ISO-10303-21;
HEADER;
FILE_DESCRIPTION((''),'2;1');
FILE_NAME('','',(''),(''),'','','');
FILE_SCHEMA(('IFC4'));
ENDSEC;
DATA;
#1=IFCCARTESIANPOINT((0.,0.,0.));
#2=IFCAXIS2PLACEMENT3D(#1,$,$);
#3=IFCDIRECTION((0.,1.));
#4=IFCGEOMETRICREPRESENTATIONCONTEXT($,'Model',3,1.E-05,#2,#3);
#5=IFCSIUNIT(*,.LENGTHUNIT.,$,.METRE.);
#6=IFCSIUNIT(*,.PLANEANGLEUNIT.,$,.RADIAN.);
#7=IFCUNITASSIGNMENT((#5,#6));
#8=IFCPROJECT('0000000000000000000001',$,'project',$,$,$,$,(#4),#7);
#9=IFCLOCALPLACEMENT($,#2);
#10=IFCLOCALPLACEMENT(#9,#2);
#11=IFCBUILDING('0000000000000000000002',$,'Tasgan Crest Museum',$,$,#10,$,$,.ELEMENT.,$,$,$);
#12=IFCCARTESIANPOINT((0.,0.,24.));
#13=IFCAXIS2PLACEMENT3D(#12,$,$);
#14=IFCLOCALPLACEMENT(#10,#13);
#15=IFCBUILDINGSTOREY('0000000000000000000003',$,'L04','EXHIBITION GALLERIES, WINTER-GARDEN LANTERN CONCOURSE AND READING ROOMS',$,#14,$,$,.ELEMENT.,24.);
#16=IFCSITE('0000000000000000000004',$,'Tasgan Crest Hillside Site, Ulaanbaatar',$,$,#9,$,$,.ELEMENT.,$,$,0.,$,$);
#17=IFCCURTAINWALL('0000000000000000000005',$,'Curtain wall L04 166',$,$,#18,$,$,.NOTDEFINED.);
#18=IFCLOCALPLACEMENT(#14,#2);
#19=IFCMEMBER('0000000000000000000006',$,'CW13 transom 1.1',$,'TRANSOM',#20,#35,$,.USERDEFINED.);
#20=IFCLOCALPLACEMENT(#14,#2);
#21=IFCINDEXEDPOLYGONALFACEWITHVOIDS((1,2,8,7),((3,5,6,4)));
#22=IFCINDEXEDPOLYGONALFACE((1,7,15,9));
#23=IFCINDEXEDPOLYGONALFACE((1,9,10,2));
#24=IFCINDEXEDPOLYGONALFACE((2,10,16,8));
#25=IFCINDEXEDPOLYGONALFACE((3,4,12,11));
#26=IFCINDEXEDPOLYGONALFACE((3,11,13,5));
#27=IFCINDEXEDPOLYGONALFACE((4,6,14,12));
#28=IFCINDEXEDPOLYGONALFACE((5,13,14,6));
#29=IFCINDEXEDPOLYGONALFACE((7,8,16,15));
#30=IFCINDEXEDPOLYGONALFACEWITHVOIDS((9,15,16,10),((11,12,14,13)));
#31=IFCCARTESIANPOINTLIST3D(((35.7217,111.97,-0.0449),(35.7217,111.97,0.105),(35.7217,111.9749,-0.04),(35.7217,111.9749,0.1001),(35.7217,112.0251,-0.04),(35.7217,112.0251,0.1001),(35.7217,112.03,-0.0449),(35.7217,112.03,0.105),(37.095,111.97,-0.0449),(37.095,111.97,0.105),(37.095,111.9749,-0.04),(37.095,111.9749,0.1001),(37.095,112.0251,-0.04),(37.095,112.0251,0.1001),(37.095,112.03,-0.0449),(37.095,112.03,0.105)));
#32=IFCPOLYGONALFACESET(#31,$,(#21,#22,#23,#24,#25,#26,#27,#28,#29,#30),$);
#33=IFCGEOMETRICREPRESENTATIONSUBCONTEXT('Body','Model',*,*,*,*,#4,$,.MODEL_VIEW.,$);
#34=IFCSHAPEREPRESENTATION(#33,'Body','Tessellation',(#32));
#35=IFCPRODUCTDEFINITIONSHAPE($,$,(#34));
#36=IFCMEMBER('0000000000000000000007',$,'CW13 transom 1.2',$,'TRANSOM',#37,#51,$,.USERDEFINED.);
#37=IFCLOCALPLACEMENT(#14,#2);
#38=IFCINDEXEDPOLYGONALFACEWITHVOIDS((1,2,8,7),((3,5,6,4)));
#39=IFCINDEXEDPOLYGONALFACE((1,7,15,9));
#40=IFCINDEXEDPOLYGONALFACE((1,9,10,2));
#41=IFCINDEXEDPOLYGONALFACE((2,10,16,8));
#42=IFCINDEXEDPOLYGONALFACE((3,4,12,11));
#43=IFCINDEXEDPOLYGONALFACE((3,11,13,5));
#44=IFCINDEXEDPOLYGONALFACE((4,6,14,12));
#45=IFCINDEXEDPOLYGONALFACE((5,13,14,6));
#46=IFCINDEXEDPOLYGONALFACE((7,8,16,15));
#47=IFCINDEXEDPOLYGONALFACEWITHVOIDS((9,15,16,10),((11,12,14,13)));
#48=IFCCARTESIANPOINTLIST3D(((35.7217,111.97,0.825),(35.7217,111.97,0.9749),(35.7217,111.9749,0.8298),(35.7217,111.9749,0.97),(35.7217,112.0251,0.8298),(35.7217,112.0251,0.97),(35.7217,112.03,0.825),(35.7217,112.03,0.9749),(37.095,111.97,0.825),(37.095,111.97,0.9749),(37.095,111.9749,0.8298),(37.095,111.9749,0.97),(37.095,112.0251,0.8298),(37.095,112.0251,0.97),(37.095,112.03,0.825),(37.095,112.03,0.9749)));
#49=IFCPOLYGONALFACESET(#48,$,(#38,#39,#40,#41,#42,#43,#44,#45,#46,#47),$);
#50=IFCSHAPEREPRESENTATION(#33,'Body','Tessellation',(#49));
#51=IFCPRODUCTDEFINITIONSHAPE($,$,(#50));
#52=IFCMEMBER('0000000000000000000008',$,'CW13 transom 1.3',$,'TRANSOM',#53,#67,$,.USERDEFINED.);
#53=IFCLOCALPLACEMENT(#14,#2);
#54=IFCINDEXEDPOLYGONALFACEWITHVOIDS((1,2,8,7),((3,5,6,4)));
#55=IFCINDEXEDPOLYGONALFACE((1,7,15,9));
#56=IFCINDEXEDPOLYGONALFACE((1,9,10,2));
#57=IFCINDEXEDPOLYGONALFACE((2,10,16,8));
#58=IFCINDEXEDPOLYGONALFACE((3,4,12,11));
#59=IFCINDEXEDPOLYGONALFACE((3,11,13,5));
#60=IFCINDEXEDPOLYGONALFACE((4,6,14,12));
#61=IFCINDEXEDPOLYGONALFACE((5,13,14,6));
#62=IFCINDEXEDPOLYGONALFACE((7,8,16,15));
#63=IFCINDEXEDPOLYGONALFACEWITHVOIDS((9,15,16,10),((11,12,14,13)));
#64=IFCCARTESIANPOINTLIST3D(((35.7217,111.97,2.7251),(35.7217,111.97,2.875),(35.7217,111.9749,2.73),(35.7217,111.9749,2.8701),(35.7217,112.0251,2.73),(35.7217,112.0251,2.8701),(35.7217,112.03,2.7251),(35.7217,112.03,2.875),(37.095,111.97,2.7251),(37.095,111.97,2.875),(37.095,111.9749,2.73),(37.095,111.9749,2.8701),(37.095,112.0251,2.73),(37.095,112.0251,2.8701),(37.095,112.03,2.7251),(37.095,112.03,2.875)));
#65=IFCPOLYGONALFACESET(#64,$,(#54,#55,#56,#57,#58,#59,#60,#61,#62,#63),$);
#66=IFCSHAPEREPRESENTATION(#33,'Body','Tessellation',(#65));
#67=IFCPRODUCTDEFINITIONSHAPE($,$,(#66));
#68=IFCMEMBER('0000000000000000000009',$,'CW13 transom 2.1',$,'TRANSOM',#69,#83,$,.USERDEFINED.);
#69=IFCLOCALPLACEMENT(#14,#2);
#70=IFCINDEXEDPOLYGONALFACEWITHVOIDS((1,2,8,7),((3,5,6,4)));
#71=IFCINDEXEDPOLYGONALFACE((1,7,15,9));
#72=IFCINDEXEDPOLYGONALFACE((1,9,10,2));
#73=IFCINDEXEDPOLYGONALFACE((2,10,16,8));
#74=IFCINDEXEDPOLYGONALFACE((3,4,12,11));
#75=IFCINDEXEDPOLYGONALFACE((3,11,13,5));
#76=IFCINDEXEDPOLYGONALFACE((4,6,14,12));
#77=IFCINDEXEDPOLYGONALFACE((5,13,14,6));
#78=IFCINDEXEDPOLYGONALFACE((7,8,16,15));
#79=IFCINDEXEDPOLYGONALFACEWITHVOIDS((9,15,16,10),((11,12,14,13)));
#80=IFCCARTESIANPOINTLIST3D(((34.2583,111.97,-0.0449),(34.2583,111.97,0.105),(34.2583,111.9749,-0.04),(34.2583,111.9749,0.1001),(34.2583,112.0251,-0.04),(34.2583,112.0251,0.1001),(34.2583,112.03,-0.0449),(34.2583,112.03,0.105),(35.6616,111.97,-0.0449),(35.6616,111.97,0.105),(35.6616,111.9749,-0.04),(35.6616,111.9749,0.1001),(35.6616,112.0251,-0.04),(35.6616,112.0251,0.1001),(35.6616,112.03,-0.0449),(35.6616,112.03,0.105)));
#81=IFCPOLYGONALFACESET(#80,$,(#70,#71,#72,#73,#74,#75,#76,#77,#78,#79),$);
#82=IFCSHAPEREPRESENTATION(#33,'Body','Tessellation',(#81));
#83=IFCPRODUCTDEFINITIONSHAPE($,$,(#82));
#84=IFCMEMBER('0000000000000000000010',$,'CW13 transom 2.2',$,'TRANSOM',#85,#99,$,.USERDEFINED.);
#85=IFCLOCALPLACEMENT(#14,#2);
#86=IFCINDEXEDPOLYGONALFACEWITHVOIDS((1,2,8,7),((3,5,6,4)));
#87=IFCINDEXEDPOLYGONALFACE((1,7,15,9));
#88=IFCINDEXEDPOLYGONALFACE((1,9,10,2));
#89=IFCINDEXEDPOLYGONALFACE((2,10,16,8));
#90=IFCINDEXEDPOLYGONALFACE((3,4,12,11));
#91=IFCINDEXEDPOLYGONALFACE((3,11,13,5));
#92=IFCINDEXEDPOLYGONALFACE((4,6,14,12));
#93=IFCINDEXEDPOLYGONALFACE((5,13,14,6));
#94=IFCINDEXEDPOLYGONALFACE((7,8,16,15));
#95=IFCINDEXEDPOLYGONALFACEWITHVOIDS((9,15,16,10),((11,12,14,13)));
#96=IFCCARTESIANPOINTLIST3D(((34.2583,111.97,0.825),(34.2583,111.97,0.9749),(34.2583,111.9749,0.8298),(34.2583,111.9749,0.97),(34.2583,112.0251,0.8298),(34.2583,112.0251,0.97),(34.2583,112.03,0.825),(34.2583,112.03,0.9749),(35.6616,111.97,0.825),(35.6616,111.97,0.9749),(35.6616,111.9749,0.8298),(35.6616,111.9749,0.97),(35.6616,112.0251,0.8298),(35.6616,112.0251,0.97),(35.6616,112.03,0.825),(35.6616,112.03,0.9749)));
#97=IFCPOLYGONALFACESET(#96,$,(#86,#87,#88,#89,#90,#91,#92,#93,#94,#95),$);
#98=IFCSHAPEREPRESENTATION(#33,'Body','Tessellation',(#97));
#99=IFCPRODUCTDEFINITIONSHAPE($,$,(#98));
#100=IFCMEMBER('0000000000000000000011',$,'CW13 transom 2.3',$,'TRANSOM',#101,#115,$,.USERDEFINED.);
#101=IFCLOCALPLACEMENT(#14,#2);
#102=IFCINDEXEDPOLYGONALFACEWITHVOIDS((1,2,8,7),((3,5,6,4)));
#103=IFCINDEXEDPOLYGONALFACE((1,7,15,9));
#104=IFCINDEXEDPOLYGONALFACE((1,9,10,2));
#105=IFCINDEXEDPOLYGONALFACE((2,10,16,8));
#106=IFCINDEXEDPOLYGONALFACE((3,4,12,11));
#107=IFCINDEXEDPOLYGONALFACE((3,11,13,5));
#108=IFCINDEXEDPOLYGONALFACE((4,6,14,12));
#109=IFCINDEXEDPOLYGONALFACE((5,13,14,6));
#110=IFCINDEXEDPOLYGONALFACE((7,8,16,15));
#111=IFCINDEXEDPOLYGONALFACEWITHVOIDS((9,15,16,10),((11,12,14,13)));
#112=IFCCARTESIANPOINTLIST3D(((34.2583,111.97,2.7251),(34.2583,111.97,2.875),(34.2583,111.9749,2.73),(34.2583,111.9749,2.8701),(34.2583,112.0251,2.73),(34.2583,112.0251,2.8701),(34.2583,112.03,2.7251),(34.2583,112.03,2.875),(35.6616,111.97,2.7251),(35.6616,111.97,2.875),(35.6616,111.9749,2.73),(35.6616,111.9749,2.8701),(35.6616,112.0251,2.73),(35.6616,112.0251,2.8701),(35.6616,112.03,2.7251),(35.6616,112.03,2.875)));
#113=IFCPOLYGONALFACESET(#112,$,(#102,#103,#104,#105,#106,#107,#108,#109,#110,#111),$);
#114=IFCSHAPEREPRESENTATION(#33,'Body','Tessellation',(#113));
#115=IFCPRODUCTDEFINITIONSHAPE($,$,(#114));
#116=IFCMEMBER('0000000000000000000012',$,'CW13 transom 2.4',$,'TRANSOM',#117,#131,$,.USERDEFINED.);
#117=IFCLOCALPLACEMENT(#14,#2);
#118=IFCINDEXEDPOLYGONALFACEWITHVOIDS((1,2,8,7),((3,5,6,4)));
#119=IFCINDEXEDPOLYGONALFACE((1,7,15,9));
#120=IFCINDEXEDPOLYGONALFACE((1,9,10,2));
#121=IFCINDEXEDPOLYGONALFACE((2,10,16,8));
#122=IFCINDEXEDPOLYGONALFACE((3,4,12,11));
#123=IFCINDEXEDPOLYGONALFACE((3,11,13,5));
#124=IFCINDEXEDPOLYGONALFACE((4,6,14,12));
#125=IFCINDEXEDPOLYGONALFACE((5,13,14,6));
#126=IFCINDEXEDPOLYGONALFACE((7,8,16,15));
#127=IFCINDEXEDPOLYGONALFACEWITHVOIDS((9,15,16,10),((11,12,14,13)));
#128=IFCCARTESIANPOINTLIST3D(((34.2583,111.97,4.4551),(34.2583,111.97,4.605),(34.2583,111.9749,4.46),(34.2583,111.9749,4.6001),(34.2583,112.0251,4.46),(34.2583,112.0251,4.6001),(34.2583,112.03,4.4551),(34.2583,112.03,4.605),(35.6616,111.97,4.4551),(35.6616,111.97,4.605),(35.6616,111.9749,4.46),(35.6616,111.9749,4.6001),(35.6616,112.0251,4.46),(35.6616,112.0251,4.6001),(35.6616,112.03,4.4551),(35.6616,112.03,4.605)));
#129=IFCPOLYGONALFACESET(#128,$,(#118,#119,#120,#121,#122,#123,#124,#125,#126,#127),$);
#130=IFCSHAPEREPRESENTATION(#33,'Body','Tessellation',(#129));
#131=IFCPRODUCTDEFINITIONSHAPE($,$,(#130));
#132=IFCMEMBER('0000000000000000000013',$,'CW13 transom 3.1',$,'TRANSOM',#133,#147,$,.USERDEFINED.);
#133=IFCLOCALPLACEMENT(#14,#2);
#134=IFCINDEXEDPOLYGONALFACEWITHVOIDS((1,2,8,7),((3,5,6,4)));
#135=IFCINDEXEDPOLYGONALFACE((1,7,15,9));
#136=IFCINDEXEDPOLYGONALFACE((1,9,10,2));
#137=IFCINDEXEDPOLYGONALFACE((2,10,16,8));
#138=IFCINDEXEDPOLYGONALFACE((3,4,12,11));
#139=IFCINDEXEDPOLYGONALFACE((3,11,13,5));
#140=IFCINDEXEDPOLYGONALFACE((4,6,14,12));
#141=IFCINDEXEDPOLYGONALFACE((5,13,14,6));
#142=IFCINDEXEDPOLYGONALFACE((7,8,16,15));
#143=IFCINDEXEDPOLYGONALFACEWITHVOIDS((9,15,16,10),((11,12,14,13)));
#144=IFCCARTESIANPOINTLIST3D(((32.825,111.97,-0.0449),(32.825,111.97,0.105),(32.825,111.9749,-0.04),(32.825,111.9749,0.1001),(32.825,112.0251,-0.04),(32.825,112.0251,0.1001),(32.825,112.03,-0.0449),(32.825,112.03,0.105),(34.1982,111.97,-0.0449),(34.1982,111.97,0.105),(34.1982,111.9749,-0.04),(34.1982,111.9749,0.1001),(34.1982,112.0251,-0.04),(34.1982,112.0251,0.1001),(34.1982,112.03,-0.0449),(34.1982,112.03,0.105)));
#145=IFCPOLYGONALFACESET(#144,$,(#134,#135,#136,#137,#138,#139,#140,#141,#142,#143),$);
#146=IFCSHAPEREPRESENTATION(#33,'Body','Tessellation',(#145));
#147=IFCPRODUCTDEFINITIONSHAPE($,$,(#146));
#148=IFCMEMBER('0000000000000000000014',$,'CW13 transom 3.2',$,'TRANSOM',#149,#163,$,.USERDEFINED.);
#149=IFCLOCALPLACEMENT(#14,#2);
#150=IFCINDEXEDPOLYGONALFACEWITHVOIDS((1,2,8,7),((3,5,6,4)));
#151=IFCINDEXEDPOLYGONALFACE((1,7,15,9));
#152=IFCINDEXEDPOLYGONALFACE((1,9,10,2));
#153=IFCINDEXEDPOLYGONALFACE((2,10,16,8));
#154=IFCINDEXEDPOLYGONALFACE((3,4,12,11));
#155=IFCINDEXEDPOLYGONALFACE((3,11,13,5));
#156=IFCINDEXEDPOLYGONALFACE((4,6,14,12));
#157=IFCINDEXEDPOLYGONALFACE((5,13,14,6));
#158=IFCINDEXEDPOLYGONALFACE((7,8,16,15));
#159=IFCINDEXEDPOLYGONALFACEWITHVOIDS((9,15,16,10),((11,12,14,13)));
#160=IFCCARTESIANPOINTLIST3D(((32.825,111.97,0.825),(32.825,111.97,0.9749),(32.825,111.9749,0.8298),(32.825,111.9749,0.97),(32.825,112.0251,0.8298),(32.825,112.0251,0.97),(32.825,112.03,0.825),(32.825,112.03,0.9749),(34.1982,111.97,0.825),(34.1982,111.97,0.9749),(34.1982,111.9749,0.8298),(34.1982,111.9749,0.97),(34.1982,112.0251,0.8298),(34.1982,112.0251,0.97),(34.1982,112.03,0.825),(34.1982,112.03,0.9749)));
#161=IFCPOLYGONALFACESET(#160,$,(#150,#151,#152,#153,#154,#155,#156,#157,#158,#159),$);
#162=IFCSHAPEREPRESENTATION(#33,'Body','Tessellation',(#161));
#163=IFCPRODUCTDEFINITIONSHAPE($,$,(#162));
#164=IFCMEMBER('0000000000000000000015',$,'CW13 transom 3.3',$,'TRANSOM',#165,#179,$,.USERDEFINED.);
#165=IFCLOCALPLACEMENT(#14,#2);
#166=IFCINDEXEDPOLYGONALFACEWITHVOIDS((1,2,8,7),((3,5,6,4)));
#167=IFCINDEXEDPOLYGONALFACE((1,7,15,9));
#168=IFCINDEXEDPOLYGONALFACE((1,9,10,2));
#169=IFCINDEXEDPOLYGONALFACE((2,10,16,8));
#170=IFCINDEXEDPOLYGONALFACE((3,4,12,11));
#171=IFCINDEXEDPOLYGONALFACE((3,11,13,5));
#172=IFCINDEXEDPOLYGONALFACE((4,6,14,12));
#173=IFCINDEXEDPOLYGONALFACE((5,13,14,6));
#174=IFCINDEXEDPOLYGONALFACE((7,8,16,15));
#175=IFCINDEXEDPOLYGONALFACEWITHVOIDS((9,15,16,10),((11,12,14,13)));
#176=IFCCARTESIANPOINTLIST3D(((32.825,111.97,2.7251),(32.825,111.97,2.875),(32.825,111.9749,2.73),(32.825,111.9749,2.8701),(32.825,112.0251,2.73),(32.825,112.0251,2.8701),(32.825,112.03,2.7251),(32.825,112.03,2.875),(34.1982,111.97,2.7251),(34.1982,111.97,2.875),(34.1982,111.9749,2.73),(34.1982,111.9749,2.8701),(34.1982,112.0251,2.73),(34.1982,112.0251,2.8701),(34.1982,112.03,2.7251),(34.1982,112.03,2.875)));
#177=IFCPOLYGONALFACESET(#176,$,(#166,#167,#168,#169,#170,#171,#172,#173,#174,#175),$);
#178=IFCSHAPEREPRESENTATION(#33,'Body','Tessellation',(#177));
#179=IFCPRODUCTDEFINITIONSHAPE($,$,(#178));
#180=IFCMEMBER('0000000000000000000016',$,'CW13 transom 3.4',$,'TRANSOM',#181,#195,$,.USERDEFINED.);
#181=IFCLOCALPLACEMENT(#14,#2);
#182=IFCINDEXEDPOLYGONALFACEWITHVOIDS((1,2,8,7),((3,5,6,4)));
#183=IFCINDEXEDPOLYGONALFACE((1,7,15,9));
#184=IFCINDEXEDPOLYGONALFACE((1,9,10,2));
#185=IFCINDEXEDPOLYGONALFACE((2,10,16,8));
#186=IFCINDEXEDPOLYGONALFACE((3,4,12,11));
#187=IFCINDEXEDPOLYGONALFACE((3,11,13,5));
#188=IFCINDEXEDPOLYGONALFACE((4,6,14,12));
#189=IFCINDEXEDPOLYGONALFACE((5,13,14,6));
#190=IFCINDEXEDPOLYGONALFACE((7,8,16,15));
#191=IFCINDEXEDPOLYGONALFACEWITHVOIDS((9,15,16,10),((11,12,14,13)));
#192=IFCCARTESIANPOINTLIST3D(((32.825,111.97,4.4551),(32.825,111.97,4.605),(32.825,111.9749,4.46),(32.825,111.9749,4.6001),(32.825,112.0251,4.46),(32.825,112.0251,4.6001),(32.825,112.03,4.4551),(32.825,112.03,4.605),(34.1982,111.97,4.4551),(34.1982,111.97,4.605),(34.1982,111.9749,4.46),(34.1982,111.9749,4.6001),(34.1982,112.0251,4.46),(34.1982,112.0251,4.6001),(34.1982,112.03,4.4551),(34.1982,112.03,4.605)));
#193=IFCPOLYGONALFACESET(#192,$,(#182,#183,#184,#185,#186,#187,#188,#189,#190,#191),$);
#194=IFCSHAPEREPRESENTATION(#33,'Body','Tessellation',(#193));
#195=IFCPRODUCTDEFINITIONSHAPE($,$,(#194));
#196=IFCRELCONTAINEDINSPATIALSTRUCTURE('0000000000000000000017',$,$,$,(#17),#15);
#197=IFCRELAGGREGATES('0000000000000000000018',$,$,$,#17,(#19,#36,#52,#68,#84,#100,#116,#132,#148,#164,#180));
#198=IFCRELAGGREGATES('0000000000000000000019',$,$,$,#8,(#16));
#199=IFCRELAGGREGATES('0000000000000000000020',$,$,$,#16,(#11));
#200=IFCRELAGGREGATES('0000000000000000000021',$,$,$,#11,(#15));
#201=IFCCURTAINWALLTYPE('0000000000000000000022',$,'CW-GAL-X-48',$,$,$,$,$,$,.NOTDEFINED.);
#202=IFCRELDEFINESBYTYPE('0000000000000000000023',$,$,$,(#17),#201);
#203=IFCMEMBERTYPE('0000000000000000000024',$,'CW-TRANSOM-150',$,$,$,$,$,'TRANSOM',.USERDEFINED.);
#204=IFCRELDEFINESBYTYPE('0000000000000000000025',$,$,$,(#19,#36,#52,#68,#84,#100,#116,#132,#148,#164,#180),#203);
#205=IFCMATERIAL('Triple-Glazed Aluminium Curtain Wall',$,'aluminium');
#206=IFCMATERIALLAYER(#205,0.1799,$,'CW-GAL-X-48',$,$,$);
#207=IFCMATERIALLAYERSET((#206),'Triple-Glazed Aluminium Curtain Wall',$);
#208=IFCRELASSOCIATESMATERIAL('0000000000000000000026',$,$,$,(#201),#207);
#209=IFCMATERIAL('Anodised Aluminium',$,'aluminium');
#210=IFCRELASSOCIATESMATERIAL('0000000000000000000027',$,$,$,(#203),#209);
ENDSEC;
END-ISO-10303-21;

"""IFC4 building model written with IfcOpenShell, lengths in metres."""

from ifc_helpers import new_model, si_unit, direction, frame, origin, origin_2d, place, context, subcontext, project, spatial, hollow_rectangle, extrude, material, layer, layer_set, material_profile, profile_set, type_object, element, aggregate, save


model = new_model("IFC4")

# Units and contexts
model_context = context("Model", 3, precision=1e-05, world=origin(), true_north=direction((0.0, 1.0)))
body_context = subcontext(model_context, "Body", "Model", "MODEL_VIEW")
ifc_project = project(units=[si_unit("LENGTHUNIT", "METRE"), si_unit("PLANEANGLEUNIT", "RADIAN")], contexts=[model_context])

# Site, building, storey
site_placement = place(None, origin())
site = spatial("IfcSite", under=ifc_project, at=site_placement, Name="Tasgan Crest Hillside Site, Ulaanbaatar", CompositionType="ELEMENT", RefElevation=0.0)
building_placement = place(site_placement, origin())
building = spatial("IfcBuilding", under=site, at=building_placement, Name="Tasgan Crest Museum", CompositionType="ELEMENT")
storey_placement = place(building_placement, frame((0.0, 0.0, 24.0)))
storey = spatial("IfcBuildingStorey", under=building, at=storey_placement, Name="L04", Description="EXHIBITION GALLERIES, WINTER-GARDEN LANTERN CONCOURSE AND READING ROOMS", CompositionType="ELEMENT", Elevation=24.0)

# Curtain wall, members
ifc_material_1 = material(Name="Triple-Glazed Aluminium Curtain Wall", Category="aluminium")
ifc_layer_1 = layer(ifc_material_1, 0.1799, Name="CW-GAL-X-48")
ifc_layer_set_1 = layer_set([ifc_layer_1], Name="Triple-Glazed Aluminium Curtain Wall")
curtain_wall_type = type_object("IfcCurtainWallType", Name="CW-GAL-X-48", PredefinedType="NOTDEFINED", material=ifc_layer_set_1)
curtain_wall_placement = place(storey_placement, origin())
curtain_wall = element("IfcCurtainWall", 1, at=curtain_wall_placement, inside=storey, type_object=curtain_wall_type, Name="Curtain wall L04 166", PredefinedType="NOTDEFINED")
ifc_material_2 = material(Name="Anodised Aluminium", Category="aluminium")
ifc_material_profile_1 = material_profile(ifc_material_2, hollow_rectangle(XDim=0.0601, YDim=0.1499, WallThickness=0.0049, at=origin_2d()), Name="ALU TRANSOM 150x60x5")
ifc_profile_set_1 = profile_set([ifc_material_profile_1], Name="Anodised Aluminium")
member_type_1 = type_object("IfcMemberType", Name="CW-TRANSOM-150", ElementType="TRANSOM", PredefinedType="USERDEFINED", material=ifc_profile_set_1)
member_1_placement = place(storey_placement, frame((37.095, 112.0, 0.03), z_axis=(-1.0, 0.0, 0.0), x_axis=(0.0, -1.0, 0.0)))
member_1 = element("IfcMember", 2, at=member_1_placement, type_object=member_type_1, Name="CW13 transom 1.1", ObjectType="TRANSOM", PredefinedType="USERDEFINED", context=body_context, shape_type="SweptSolid", body=[
    extrude(hollow_rectangle(XDim=0.0601, YDim=0.1499, WallThickness=0.0049, at=origin_2d()), origin(), (0.0, 0.0, 1.0), 1.3733),
])
member_2_placement = place(storey_placement, frame((37.095, 112.0, 0.8999), z_axis=(-1.0, 0.0, 0.0), x_axis=(0.0, -1.0, 0.0)))
member_2 = element("IfcMember", 3, at=member_2_placement, type_object=member_type_1, Name="CW13 transom 1.2", ObjectType="TRANSOM", PredefinedType="USERDEFINED", context=body_context, shape_type="SweptSolid", body=[
    extrude(hollow_rectangle(XDim=0.0601, YDim=0.1499, WallThickness=0.0049, at=origin_2d()), origin(), (0.0, 0.0, 1.0), 1.3733),
])
member_3_placement = place(storey_placement, frame((37.095, 112.0, 2.8), z_axis=(-1.0, 0.0, 0.0), x_axis=(0.0, -1.0, 0.0)))
member_3 = element("IfcMember", 4, at=member_3_placement, type_object=member_type_1, Name="CW13 transom 1.3", ObjectType="TRANSOM", PredefinedType="USERDEFINED", context=body_context, shape_type="SweptSolid", body=[
    extrude(hollow_rectangle(XDim=0.0601, YDim=0.1499, WallThickness=0.0049, at=origin_2d()), origin(), (0.0, 0.0, 1.0), 1.3733),
])
member_4_placement = place(storey_placement, frame((35.6616, 112.0, 0.03), z_axis=(-1.0, 0.0, 0.0), x_axis=(0.0, -1.0, 0.0)))
member_4 = element("IfcMember", 5, at=member_4_placement, type_object=member_type_1, Name="CW13 transom 2.1", ObjectType="TRANSOM", PredefinedType="USERDEFINED", context=body_context, shape_type="SweptSolid", body=[
    extrude(hollow_rectangle(XDim=0.0601, YDim=0.1499, WallThickness=0.0049, at=origin_2d()), origin(), (0.0, 0.0, 1.0), 1.4033),
])
member_5_placement = place(storey_placement, frame((35.6616, 112.0, 0.8999), z_axis=(-1.0, 0.0, 0.0), x_axis=(0.0, -1.0, 0.0)))
member_5 = element("IfcMember", 6, at=member_5_placement, type_object=member_type_1, Name="CW13 transom 2.2", ObjectType="TRANSOM", PredefinedType="USERDEFINED", context=body_context, shape_type="SweptSolid", body=[
    extrude(hollow_rectangle(XDim=0.0601, YDim=0.1499, WallThickness=0.0049, at=origin_2d()), origin(), (0.0, 0.0, 1.0), 1.4033),
])
member_6_placement = place(storey_placement, frame((35.6616, 112.0, 2.8), z_axis=(-1.0, 0.0, 0.0), x_axis=(0.0, -1.0, 0.0)))
member_6 = element("IfcMember", 7, at=member_6_placement, type_object=member_type_1, Name="CW13 transom 2.3", ObjectType="TRANSOM", PredefinedType="USERDEFINED", context=body_context, shape_type="SweptSolid", body=[
    extrude(hollow_rectangle(XDim=0.0601, YDim=0.1499, WallThickness=0.0049, at=origin_2d()), origin(), (0.0, 0.0, 1.0), 1.4033),
])
member_7_placement = place(storey_placement, frame((35.6616, 112.0, 4.53), z_axis=(-1.0, 0.0, 0.0), x_axis=(0.0, -1.0, 0.0)))
member_7 = element("IfcMember", 8, at=member_7_placement, type_object=member_type_1, Name="CW13 transom 2.4", ObjectType="TRANSOM", PredefinedType="USERDEFINED", context=body_context, shape_type="SweptSolid", body=[
    extrude(hollow_rectangle(XDim=0.0601, YDim=0.1499, WallThickness=0.0049, at=origin_2d()), origin(), (0.0, 0.0, 1.0), 1.4033),
])
member_8_placement = place(storey_placement, frame((34.1982, 112.0, 0.03), z_axis=(-1.0, 0.0, 0.0), x_axis=(0.0, -1.0, 0.0)))
member_8 = element("IfcMember", 9, at=member_8_placement, type_object=member_type_1, Name="CW13 transom 3.1", ObjectType="TRANSOM", PredefinedType="USERDEFINED", context=body_context, shape_type="SweptSolid", body=[
    extrude(hollow_rectangle(XDim=0.0601, YDim=0.1499, WallThickness=0.0049, at=origin_2d()), origin(), (0.0, 0.0, 1.0), 1.3733),
])
member_9_placement = place(storey_placement, frame((34.1982, 112.0, 0.8999), z_axis=(-1.0, 0.0, 0.0), x_axis=(0.0, -1.0, 0.0)))
member_9 = element("IfcMember", 10, at=member_9_placement, type_object=member_type_1, Name="CW13 transom 3.2", ObjectType="TRANSOM", PredefinedType="USERDEFINED", context=body_context, shape_type="SweptSolid", body=[
    extrude(hollow_rectangle(XDim=0.0601, YDim=0.1499, WallThickness=0.0049, at=origin_2d()), origin(), (0.0, 0.0, 1.0), 1.3733),
])
member_10_placement = place(storey_placement, frame((34.1982, 112.0, 2.8), z_axis=(-1.0, 0.0, 0.0), x_axis=(0.0, -1.0, 0.0)))
member_10 = element("IfcMember", 11, at=member_10_placement, type_object=member_type_1, Name="CW13 transom 3.3", ObjectType="TRANSOM", PredefinedType="USERDEFINED", context=body_context, shape_type="SweptSolid", body=[
    extrude(hollow_rectangle(XDim=0.0601, YDim=0.1499, WallThickness=0.0049, at=origin_2d()), origin(), (0.0, 0.0, 1.0), 1.3733),
])
member_11_placement = place(storey_placement, frame((34.1982, 112.0, 4.53), z_axis=(-1.0, 0.0, 0.0), x_axis=(0.0, -1.0, 0.0)))
member_11 = element("IfcMember", 12, at=member_11_placement, type_object=member_type_1, Name="CW13 transom 3.4", ObjectType="TRANSOM", PredefinedType="USERDEFINED", context=body_context, shape_type="SweptSolid", body=[
    extrude(hollow_rectangle(XDim=0.0601, YDim=0.1499, WallThickness=0.0049, at=origin_2d()), origin(), (0.0, 0.0, 1.0), 1.3733),
])
aggregate(curtain_wall, [member_1, member_2, member_3, member_4, member_5, member_6, member_7, member_8, member_9, member_10, member_11])

save(model, "model.ifc")
